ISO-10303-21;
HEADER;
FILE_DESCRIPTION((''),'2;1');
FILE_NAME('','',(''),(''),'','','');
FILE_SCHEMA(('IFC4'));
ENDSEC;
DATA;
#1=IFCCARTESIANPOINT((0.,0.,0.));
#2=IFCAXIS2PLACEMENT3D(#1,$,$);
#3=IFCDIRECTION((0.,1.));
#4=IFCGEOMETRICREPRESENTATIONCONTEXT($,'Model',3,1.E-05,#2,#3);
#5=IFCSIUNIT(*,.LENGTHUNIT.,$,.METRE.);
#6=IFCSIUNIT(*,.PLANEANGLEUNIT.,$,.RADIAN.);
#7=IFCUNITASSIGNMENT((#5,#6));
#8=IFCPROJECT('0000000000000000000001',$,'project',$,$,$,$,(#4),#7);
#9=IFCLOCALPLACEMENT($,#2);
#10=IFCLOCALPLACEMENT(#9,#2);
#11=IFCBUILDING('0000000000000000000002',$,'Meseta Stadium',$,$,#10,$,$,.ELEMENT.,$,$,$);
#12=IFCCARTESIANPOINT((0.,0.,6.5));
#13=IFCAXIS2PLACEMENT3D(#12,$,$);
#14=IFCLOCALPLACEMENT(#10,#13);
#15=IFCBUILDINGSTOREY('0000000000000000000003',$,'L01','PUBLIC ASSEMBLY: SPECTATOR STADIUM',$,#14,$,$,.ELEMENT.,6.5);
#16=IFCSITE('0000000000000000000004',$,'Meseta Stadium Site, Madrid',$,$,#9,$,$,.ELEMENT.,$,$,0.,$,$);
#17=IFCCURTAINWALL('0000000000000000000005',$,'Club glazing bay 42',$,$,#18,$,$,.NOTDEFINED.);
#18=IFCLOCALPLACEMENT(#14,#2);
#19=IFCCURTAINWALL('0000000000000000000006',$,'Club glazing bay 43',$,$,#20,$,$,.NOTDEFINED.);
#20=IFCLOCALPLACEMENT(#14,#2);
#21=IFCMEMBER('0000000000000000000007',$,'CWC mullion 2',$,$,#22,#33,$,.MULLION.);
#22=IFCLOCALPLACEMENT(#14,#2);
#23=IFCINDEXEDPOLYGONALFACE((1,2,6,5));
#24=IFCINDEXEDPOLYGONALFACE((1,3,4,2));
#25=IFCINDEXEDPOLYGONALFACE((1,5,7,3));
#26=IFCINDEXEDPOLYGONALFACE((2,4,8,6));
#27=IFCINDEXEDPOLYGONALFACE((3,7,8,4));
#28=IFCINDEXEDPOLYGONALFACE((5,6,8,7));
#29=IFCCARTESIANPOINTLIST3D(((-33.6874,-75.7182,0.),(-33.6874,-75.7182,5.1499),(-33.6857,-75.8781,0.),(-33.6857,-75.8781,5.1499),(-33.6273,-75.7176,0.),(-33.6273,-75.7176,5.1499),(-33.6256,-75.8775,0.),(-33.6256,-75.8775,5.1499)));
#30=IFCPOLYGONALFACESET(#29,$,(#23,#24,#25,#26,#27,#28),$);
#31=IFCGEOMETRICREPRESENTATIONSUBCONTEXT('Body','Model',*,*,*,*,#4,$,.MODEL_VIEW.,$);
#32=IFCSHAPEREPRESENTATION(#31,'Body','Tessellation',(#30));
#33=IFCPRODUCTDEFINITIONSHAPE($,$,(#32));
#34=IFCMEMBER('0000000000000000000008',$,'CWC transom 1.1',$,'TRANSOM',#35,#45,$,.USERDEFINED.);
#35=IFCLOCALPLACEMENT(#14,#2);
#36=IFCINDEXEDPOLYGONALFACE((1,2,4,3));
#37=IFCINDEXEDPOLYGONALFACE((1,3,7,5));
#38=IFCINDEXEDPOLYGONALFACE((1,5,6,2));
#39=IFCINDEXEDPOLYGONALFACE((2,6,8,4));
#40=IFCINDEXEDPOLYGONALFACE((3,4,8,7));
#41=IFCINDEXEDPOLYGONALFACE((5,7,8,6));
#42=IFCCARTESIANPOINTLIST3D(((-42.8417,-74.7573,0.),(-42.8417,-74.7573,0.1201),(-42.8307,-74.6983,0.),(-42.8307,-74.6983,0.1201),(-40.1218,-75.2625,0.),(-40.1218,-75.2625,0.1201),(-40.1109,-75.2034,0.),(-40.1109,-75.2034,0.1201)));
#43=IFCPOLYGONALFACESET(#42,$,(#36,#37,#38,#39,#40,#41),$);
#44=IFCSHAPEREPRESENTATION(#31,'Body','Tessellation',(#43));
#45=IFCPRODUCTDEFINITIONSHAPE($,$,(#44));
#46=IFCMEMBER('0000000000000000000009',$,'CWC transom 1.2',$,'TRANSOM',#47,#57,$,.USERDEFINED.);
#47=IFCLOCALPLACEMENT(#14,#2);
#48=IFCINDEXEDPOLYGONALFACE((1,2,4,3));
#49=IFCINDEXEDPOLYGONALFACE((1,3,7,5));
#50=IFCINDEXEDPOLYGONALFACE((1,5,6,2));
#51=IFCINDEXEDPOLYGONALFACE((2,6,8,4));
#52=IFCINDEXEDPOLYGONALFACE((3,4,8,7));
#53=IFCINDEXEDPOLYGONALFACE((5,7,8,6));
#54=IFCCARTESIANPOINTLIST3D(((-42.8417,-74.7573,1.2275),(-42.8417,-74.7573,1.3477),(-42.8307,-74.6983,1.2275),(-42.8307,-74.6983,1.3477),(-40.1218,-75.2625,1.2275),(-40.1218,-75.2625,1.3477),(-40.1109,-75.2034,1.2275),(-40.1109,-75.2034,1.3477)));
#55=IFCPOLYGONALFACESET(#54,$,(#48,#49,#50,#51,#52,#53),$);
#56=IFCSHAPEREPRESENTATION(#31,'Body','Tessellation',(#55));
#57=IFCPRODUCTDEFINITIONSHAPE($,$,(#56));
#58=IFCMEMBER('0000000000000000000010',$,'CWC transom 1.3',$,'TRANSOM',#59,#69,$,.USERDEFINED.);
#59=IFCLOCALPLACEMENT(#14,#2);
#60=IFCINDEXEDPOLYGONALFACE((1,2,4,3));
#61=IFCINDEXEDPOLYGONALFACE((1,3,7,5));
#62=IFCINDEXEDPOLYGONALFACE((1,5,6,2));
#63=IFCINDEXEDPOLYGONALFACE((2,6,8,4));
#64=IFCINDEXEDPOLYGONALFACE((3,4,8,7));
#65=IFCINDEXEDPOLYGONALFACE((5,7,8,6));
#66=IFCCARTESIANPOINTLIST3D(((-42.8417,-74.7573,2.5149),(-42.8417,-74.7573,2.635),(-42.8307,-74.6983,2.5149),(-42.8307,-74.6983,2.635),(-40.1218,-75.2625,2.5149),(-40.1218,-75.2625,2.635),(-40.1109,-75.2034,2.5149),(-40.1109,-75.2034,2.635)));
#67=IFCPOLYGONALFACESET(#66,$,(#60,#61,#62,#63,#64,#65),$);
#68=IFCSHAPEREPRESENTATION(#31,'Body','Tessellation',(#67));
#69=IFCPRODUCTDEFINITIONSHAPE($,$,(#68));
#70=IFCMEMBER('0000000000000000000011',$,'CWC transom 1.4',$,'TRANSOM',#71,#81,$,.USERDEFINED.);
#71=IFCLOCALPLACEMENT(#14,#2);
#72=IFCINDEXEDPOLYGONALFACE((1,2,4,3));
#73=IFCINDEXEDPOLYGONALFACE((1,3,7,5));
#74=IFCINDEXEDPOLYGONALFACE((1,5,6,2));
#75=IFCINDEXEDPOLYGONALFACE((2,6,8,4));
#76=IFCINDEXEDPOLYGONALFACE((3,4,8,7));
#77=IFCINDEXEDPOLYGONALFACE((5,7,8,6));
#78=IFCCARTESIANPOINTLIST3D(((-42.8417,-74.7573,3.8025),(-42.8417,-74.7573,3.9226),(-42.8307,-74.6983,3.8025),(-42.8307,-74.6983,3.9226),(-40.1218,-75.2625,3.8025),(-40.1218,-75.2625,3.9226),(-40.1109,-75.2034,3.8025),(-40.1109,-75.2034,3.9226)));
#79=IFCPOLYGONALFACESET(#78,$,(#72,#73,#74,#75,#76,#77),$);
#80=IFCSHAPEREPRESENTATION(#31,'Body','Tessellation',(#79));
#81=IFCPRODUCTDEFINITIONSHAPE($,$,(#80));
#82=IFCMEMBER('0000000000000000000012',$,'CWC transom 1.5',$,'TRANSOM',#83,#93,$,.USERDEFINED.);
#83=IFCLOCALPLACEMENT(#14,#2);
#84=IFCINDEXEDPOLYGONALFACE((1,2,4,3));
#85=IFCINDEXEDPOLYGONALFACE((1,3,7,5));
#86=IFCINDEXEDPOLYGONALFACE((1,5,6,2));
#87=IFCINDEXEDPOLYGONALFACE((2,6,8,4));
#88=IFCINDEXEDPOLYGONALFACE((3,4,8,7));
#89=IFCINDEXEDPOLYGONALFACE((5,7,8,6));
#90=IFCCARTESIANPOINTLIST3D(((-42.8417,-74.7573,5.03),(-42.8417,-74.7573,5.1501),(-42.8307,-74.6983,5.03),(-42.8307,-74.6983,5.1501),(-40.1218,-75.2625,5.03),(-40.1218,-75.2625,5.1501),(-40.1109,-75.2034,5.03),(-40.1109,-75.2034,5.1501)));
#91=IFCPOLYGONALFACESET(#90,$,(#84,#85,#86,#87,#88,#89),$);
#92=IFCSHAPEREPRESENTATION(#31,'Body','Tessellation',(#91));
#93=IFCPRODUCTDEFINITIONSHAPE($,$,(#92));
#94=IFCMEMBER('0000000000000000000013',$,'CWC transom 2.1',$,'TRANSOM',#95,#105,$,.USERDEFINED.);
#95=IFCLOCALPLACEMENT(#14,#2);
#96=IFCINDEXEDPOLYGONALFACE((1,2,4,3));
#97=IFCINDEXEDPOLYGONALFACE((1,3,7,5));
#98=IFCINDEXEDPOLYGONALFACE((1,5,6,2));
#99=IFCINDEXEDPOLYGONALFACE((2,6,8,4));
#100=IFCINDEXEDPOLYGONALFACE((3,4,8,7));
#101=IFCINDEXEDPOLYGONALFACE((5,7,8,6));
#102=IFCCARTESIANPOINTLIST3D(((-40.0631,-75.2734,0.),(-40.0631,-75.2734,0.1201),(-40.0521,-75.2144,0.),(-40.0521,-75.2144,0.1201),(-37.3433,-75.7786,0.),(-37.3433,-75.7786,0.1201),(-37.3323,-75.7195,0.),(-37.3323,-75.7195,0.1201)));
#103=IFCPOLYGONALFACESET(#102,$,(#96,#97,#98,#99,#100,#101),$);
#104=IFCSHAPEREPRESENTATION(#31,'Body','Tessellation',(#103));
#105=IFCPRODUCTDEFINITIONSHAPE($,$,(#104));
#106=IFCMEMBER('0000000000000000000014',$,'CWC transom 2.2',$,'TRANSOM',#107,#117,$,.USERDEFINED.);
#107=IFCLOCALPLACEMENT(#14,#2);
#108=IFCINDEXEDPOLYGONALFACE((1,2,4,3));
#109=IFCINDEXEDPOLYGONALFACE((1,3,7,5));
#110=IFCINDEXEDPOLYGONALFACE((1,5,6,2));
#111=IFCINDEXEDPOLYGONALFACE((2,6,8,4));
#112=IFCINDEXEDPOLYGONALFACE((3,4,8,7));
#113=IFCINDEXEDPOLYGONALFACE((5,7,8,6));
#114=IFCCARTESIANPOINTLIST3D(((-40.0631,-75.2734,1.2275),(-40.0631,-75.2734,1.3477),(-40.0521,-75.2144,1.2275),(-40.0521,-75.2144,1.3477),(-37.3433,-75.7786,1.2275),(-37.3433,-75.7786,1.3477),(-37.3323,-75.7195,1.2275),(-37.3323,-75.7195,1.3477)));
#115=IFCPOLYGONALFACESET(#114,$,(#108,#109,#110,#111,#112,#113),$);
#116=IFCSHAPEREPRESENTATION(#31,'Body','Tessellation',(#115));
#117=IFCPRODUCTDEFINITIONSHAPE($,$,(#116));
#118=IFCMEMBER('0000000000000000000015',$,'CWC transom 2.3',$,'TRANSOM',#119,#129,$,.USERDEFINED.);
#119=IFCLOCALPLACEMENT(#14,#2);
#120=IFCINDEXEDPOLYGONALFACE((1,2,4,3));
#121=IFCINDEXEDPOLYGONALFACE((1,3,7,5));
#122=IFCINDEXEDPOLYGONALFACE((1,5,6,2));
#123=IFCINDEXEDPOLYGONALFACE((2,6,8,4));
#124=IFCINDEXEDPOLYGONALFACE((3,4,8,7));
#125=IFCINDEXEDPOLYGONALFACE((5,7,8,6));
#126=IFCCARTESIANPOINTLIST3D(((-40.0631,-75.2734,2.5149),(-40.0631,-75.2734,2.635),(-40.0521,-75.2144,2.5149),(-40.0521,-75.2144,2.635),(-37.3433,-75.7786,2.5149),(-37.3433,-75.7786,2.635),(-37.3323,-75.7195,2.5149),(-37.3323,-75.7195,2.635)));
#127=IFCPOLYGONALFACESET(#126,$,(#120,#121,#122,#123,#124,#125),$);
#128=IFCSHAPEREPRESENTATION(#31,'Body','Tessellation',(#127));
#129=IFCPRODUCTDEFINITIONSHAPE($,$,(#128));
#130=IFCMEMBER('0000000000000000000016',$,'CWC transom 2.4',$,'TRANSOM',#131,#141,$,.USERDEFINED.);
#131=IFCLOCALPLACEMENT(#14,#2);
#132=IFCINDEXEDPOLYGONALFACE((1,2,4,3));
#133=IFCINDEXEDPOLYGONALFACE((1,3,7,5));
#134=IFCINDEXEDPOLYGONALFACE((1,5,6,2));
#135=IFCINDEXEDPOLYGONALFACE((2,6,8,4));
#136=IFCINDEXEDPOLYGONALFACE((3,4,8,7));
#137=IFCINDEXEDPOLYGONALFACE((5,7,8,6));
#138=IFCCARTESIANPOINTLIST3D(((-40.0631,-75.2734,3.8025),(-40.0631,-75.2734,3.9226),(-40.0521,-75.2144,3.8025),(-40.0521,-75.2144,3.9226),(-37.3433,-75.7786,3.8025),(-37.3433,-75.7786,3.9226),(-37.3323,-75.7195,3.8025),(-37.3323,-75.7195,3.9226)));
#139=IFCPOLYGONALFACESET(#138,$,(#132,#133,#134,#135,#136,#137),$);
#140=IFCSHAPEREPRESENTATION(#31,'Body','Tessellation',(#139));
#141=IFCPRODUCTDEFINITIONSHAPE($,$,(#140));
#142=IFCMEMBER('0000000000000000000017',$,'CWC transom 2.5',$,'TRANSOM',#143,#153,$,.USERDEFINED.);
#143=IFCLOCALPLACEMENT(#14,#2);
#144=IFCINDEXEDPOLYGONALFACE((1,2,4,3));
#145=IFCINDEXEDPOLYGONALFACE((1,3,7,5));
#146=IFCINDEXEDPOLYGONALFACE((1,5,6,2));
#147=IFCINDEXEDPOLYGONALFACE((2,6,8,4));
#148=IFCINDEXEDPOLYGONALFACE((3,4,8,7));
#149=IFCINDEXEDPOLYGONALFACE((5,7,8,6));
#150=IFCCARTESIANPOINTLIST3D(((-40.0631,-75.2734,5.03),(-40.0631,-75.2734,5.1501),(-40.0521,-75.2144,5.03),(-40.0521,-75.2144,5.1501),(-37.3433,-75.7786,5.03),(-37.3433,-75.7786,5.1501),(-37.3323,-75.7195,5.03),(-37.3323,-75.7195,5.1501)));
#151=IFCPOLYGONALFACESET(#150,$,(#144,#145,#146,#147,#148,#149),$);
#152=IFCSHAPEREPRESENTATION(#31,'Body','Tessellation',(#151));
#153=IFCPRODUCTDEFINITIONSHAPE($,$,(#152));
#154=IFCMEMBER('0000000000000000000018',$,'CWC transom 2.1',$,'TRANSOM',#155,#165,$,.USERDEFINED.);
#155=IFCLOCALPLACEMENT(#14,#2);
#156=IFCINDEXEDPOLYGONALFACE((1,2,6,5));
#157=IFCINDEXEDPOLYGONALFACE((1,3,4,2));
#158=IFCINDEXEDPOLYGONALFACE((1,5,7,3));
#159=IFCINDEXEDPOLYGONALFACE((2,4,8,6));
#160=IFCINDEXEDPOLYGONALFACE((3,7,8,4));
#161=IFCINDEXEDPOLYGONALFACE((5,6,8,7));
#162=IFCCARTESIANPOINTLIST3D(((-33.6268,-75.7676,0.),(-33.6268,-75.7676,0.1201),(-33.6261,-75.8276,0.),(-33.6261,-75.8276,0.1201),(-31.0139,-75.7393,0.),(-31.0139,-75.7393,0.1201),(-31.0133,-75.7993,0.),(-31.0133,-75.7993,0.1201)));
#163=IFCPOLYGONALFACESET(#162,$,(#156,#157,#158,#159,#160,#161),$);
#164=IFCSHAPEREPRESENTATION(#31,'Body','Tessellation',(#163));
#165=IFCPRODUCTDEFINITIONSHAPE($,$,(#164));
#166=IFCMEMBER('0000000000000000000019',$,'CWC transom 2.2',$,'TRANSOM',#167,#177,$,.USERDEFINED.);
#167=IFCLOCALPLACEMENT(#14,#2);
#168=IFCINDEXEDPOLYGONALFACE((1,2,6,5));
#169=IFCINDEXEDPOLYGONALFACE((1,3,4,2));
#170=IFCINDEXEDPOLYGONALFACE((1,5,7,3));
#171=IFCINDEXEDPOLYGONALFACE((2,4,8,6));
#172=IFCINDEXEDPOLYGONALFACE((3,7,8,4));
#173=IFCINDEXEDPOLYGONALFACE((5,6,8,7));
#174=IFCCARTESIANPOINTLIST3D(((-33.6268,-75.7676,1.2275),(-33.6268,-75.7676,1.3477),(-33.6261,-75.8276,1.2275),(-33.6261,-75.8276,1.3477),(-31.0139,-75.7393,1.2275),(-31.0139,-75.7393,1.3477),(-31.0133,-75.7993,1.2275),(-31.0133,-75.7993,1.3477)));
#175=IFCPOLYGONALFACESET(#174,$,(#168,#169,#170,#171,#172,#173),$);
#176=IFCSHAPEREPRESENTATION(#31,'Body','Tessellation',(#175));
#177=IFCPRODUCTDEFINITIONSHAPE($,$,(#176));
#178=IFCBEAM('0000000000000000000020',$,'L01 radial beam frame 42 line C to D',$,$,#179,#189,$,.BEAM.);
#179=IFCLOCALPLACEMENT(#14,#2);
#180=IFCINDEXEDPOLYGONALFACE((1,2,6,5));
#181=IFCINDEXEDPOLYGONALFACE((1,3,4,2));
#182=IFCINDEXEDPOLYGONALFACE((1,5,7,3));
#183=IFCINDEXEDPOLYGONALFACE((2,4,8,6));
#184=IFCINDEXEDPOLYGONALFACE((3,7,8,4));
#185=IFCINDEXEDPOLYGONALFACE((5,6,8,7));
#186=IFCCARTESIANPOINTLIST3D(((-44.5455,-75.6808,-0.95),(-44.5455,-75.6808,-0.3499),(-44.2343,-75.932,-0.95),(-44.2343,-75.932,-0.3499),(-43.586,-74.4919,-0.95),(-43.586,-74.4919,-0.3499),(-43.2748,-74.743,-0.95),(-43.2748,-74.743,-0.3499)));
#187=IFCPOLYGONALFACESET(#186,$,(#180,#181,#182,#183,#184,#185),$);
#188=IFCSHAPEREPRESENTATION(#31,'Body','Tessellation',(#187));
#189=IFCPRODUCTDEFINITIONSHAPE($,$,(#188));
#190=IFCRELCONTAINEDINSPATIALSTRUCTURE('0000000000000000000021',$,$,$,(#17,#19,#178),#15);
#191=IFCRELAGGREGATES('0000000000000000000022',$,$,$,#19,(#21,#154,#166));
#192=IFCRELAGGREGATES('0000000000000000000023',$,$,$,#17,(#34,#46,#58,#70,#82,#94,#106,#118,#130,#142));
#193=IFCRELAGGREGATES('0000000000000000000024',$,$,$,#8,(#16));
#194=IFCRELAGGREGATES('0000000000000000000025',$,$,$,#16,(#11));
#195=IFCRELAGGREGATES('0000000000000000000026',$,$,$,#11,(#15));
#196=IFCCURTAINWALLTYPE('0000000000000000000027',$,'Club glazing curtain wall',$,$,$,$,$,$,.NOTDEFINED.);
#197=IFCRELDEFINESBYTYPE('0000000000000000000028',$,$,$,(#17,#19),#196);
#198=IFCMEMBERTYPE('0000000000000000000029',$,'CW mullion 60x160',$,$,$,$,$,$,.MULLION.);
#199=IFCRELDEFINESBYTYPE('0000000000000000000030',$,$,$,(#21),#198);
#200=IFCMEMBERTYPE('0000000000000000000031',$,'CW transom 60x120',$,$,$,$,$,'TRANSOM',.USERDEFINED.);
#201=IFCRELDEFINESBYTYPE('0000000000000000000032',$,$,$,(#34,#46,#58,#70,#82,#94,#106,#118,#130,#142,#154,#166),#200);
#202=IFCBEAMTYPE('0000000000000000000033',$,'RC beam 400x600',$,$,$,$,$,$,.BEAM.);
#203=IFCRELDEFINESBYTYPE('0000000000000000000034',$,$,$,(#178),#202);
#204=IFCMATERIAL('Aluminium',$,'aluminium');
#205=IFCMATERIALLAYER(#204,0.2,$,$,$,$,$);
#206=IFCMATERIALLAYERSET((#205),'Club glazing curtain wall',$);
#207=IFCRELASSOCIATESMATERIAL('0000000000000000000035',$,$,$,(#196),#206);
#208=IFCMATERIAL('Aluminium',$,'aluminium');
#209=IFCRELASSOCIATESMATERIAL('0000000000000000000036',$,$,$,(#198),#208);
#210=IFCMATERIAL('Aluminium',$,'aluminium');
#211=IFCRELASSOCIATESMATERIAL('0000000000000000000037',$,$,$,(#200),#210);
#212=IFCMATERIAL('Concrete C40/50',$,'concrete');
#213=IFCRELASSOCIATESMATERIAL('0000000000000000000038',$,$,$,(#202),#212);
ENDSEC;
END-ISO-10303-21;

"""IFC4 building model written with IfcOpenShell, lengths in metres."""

from ifc_helpers import new_model, si_unit, direction, frame, origin, origin_2d, place, context, subcontext, project, spatial, rectangle, extrude, material, layer, layer_set, material_profile, profile_set, type_object, element, aggregate, save


model = new_model("IFC4")

# Units and contexts
model_context = context("Model", 3, precision=1e-05, world=origin(), true_north=direction((0.0, 1.0)))
body_context = subcontext(model_context, "Body", "Model", "MODEL_VIEW")
ifc_project = project(units=[si_unit("LENGTHUNIT", "METRE"), si_unit("PLANEANGLEUNIT", "RADIAN")], contexts=[model_context])

# Site, building, storey
site_placement = place(None, origin())
site = spatial("IfcSite", under=ifc_project, at=site_placement, Name="Meseta Stadium Site, Madrid", CompositionType="ELEMENT", RefElevation=0.0)
building_placement = place(site_placement, origin())
building = spatial("IfcBuilding", under=site, at=building_placement, Name="Meseta Stadium", CompositionType="ELEMENT")
storey_placement = place(building_placement, frame((0.0, 0.0, 6.5)))
storey = spatial("IfcBuildingStorey", under=building, at=storey_placement, Name="L01", Description="PUBLIC ASSEMBLY: SPECTATOR STADIUM", CompositionType="ELEMENT", Elevation=6.5)

# Shared definitions
ifc_material_1 = material(Name="Aluminium", Category="aluminium")
ifc_layer_1 = layer(ifc_material_1, 0.2)
ifc_layer_set_1 = layer_set([ifc_layer_1], Name="Club glazing curtain wall")
curtain_wall_type = type_object("IfcCurtainWallType", Name="Club glazing curtain wall", PredefinedType="NOTDEFINED", material=ifc_layer_set_1)
ifc_material_2 = material(Name="Aluminium", Category="aluminium")
ifc_material_profile_1 = material_profile(ifc_material_2, rectangle(XDim=0.1599, YDim=0.0601, at=origin_2d()), Name="CW 160x60")
ifc_profile_set_1 = profile_set([ifc_material_profile_1], Name="Aluminium")
member_type_1 = type_object("IfcMemberType", Name="CW mullion 60x160", PredefinedType="MULLION", material=ifc_profile_set_1)

# Curtain wall
curtain_wall_1_placement = place(storey_placement, origin())
curtain_wall_1 = element("IfcCurtainWall", 1, at=curtain_wall_1_placement, inside=storey, type_object=curtain_wall_type, Name="Club glazing bay 42", PredefinedType="NOTDEFINED")

# Curtain wall, member
curtain_wall_2_placement = place(storey_placement, origin())
curtain_wall_2 = element("IfcCurtainWall", 2, at=curtain_wall_2_placement, inside=storey, type_object=curtain_wall_type, Name="Club glazing bay 43", PredefinedType="NOTDEFINED")
member_1_placement = place(storey_placement, frame((-33.6565, -75.7979, 0.0), z_axis=(0.0, 0.0, 1.0), x_axis=(-0.010843, 0.999941, 0.0)))
member_1 = element("IfcMember", 3, at=member_1_placement, type_object=member_type_1, Name="CWC mullion 2", PredefinedType="MULLION", context=body_context, shape_type="SweptSolid", body=[
    extrude(rectangle(XDim=0.1599, YDim=0.0601, at=origin_2d()), origin(), (0.0, 0.0, 1.0), 5.1499),
])

# Members
ifc_material_3 = material(Name="Aluminium", Category="aluminium")
ifc_material_profile_2 = material_profile(ifc_material_3, rectangle(XDim=0.0601, YDim=0.1201, at=origin_2d()), Name="CW 60x120")
ifc_profile_set_2 = profile_set([ifc_material_profile_2], Name="Aluminium")
member_type_2 = type_object("IfcMemberType", Name="CW transom 60x120", ElementType="TRANSOM", PredefinedType="USERDEFINED", material=ifc_profile_set_2)
member_2_placement = place(storey_placement, frame((-42.8362, -74.7278, 0.0601), z_axis=(0.983186, -0.182604, 0.0), x_axis=(0.182604, 0.983186, 0.0)))
member_2 = element("IfcMember", 4, at=member_2_placement, type_object=member_type_2, Name="CWC transom 1.1", ObjectType="TRANSOM", PredefinedType="USERDEFINED", context=body_context, shape_type="SweptSolid", body=[
    extrude(rectangle(XDim=0.0601, YDim=0.1201, at=origin_2d()), origin(), (0.0, 0.0, 1.0), 2.7664),
])
member_3_placement = place(storey_placement, frame((-42.8362, -74.7278, 1.2876), z_axis=(0.983186, -0.182604, 0.0), x_axis=(0.182604, 0.983186, 0.0)))
member_3 = element("IfcMember", 5, at=member_3_placement, type_object=member_type_2, Name="CWC transom 1.2", ObjectType="TRANSOM", PredefinedType="USERDEFINED", context=body_context, shape_type="SweptSolid", body=[
    extrude(rectangle(XDim=0.0601, YDim=0.1201, at=origin_2d()), origin(), (0.0, 0.0, 1.0), 2.7664),
])
member_4_placement = place(storey_placement, frame((-42.8362, -74.7278, 2.575), z_axis=(0.983186, -0.182604, 0.0), x_axis=(0.182604, 0.983186, 0.0)))
member_4 = element("IfcMember", 6, at=member_4_placement, type_object=member_type_2, Name="CWC transom 1.3", ObjectType="TRANSOM", PredefinedType="USERDEFINED", context=body_context, shape_type="SweptSolid", body=[
    extrude(rectangle(XDim=0.0601, YDim=0.1201, at=origin_2d()), origin(), (0.0, 0.0, 1.0), 2.7664),
])
member_5_placement = place(storey_placement, frame((-42.8362, -74.7278, 3.8625), z_axis=(0.983186, -0.182604, 0.0), x_axis=(0.182604, 0.983186, 0.0)))
member_5 = element("IfcMember", 7, at=member_5_placement, type_object=member_type_2, Name="CWC transom 1.4", ObjectType="TRANSOM", PredefinedType="USERDEFINED", context=body_context, shape_type="SweptSolid", body=[
    extrude(rectangle(XDim=0.0601, YDim=0.1201, at=origin_2d()), origin(), (0.0, 0.0, 1.0), 2.7664),
])
member_6_placement = place(storey_placement, frame((-42.8362, -74.7278, 5.0901), z_axis=(0.983186, -0.182604, 0.0), x_axis=(0.182604, 0.983186, 0.0)))
member_6 = element("IfcMember", 8, at=member_6_placement, type_object=member_type_2, Name="CWC transom 1.5", ObjectType="TRANSOM", PredefinedType="USERDEFINED", context=body_context, shape_type="SweptSolid", body=[
    extrude(rectangle(XDim=0.0601, YDim=0.1201, at=origin_2d()), origin(), (0.0, 0.0, 1.0), 2.7664),
])
member_7_placement = place(storey_placement, frame((-40.0576, -75.2439, 0.0601), z_axis=(0.983186, -0.182604, 0.0), x_axis=(0.182604, 0.983186, 0.0)))
member_7 = element("IfcMember", 9, at=member_7_placement, type_object=member_type_2, Name="CWC transom 2.1", ObjectType="TRANSOM", PredefinedType="USERDEFINED", context=body_context, shape_type="SweptSolid", body=[
    extrude(rectangle(XDim=0.0601, YDim=0.1201, at=origin_2d()), origin(), (0.0, 0.0, 1.0), 2.7664),
])
member_8_placement = place(storey_placement, frame((-40.0576, -75.2439, 1.2876), z_axis=(0.983186, -0.182604, 0.0), x_axis=(0.182604, 0.983186, 0.0)))
member_8 = element("IfcMember", 10, at=member_8_placement, type_object=member_type_2, Name="CWC transom 2.2", ObjectType="TRANSOM", PredefinedType="USERDEFINED", context=body_context, shape_type="SweptSolid", body=[
    extrude(rectangle(XDim=0.0601, YDim=0.1201, at=origin_2d()), origin(), (0.0, 0.0, 1.0), 2.7664),
])
member_9_placement = place(storey_placement, frame((-40.0576, -75.2439, 2.575), z_axis=(0.983186, -0.182604, 0.0), x_axis=(0.182604, 0.983186, 0.0)))
member_9 = element("IfcMember", 11, at=member_9_placement, type_object=member_type_2, Name="CWC transom 2.3", ObjectType="TRANSOM", PredefinedType="USERDEFINED", context=body_context, shape_type="SweptSolid", body=[
    extrude(rectangle(XDim=0.0601, YDim=0.1201, at=origin_2d()), origin(), (0.0, 0.0, 1.0), 2.7664),
])
member_10_placement = place(storey_placement, frame((-40.0576, -75.2439, 3.8625), z_axis=(0.983186, -0.182604, 0.0), x_axis=(0.182604, 0.983186, 0.0)))
member_10 = element("IfcMember", 12, at=member_10_placement, type_object=member_type_2, Name="CWC transom 2.4", ObjectType="TRANSOM", PredefinedType="USERDEFINED", context=body_context, shape_type="SweptSolid", body=[
    extrude(rectangle(XDim=0.0601, YDim=0.1201, at=origin_2d()), origin(), (0.0, 0.0, 1.0), 2.7664),
])
member_11_placement = place(storey_placement, frame((-40.0576, -75.2439, 5.0901), z_axis=(0.983186, -0.182604, 0.0), x_axis=(0.182604, 0.983186, 0.0)))
member_11 = element("IfcMember", 13, at=member_11_placement, type_object=member_type_2, Name="CWC transom 2.5", ObjectType="TRANSOM", PredefinedType="USERDEFINED", context=body_context, shape_type="SweptSolid", body=[
    extrude(rectangle(XDim=0.0601, YDim=0.1201, at=origin_2d()), origin(), (0.0, 0.0, 1.0), 2.7664),
])
member_12_placement = place(storey_placement, frame((-33.6265, -75.7976, 0.0601), z_axis=(0.999941, 0.010838, 0.0), x_axis=(-0.010838, 0.999941, 0.0)))
member_12 = element("IfcMember", 14, at=member_12_placement, type_object=member_type_2, Name="CWC transom 2.1", ObjectType="TRANSOM", PredefinedType="USERDEFINED", context=body_context, shape_type="SweptSolid", body=[
    extrude(rectangle(XDim=0.0601, YDim=0.1201, at=origin_2d()), origin(), (0.0, 0.0, 1.0), 2.613),
])
member_13_placement = place(storey_placement, frame((-33.6265, -75.7976, 1.2876), z_axis=(0.999941, 0.010838, 0.0), x_axis=(-0.010838, 0.999941, 0.0)))
member_13 = element("IfcMember", 15, at=member_13_placement, type_object=member_type_2, Name="CWC transom 2.2", ObjectType="TRANSOM", PredefinedType="USERDEFINED", context=body_context, shape_type="SweptSolid", body=[
    extrude(rectangle(XDim=0.0601, YDim=0.1201, at=origin_2d()), origin(), (0.0, 0.0, 1.0), 2.613),
])
aggregate(curtain_wall_2, [member_1, member_12, member_13])

# Beam
ifc_material_4 = material(Name="Concrete C40/50", Category="concrete")
ifc_material_profile_3 = material_profile(ifc_material_4, rectangle(XDim=0.3999, YDim=0.6001, at=origin_2d()), Name="RC 400x600")
ifc_profile_set_3 = profile_set([ifc_material_profile_3], Name="Concrete C40/50")
beam_type_1 = type_object("IfcBeamType", Name="RC beam 400x600", PredefinedType="BEAM", material=ifc_profile_set_3)
beam_1_placement = place(storey_placement, frame((-43.4304, -74.6174, -0.6499), z_axis=(-0.628002, -0.778211, 0.0), x_axis=(0.778211, -0.628002, 0.0)))
element("IfcBeam", 16, at=beam_1_placement, inside=storey, type_object=beam_type_1, Name="L01 radial beam frame 42 line C to D", PredefinedType="BEAM", context=body_context, shape_type="SweptSolid", body=[
    extrude(rectangle(XDim=0.3999, YDim=0.6001, at=origin_2d()), origin(), (0.0, 0.0, 1.0), 1.5278),
])

aggregate(curtain_wall_1, [member_2, member_3, member_4, member_5, member_6, member_7, member_8, member_9, member_10, member_11])

save(model, "model.ifc")
